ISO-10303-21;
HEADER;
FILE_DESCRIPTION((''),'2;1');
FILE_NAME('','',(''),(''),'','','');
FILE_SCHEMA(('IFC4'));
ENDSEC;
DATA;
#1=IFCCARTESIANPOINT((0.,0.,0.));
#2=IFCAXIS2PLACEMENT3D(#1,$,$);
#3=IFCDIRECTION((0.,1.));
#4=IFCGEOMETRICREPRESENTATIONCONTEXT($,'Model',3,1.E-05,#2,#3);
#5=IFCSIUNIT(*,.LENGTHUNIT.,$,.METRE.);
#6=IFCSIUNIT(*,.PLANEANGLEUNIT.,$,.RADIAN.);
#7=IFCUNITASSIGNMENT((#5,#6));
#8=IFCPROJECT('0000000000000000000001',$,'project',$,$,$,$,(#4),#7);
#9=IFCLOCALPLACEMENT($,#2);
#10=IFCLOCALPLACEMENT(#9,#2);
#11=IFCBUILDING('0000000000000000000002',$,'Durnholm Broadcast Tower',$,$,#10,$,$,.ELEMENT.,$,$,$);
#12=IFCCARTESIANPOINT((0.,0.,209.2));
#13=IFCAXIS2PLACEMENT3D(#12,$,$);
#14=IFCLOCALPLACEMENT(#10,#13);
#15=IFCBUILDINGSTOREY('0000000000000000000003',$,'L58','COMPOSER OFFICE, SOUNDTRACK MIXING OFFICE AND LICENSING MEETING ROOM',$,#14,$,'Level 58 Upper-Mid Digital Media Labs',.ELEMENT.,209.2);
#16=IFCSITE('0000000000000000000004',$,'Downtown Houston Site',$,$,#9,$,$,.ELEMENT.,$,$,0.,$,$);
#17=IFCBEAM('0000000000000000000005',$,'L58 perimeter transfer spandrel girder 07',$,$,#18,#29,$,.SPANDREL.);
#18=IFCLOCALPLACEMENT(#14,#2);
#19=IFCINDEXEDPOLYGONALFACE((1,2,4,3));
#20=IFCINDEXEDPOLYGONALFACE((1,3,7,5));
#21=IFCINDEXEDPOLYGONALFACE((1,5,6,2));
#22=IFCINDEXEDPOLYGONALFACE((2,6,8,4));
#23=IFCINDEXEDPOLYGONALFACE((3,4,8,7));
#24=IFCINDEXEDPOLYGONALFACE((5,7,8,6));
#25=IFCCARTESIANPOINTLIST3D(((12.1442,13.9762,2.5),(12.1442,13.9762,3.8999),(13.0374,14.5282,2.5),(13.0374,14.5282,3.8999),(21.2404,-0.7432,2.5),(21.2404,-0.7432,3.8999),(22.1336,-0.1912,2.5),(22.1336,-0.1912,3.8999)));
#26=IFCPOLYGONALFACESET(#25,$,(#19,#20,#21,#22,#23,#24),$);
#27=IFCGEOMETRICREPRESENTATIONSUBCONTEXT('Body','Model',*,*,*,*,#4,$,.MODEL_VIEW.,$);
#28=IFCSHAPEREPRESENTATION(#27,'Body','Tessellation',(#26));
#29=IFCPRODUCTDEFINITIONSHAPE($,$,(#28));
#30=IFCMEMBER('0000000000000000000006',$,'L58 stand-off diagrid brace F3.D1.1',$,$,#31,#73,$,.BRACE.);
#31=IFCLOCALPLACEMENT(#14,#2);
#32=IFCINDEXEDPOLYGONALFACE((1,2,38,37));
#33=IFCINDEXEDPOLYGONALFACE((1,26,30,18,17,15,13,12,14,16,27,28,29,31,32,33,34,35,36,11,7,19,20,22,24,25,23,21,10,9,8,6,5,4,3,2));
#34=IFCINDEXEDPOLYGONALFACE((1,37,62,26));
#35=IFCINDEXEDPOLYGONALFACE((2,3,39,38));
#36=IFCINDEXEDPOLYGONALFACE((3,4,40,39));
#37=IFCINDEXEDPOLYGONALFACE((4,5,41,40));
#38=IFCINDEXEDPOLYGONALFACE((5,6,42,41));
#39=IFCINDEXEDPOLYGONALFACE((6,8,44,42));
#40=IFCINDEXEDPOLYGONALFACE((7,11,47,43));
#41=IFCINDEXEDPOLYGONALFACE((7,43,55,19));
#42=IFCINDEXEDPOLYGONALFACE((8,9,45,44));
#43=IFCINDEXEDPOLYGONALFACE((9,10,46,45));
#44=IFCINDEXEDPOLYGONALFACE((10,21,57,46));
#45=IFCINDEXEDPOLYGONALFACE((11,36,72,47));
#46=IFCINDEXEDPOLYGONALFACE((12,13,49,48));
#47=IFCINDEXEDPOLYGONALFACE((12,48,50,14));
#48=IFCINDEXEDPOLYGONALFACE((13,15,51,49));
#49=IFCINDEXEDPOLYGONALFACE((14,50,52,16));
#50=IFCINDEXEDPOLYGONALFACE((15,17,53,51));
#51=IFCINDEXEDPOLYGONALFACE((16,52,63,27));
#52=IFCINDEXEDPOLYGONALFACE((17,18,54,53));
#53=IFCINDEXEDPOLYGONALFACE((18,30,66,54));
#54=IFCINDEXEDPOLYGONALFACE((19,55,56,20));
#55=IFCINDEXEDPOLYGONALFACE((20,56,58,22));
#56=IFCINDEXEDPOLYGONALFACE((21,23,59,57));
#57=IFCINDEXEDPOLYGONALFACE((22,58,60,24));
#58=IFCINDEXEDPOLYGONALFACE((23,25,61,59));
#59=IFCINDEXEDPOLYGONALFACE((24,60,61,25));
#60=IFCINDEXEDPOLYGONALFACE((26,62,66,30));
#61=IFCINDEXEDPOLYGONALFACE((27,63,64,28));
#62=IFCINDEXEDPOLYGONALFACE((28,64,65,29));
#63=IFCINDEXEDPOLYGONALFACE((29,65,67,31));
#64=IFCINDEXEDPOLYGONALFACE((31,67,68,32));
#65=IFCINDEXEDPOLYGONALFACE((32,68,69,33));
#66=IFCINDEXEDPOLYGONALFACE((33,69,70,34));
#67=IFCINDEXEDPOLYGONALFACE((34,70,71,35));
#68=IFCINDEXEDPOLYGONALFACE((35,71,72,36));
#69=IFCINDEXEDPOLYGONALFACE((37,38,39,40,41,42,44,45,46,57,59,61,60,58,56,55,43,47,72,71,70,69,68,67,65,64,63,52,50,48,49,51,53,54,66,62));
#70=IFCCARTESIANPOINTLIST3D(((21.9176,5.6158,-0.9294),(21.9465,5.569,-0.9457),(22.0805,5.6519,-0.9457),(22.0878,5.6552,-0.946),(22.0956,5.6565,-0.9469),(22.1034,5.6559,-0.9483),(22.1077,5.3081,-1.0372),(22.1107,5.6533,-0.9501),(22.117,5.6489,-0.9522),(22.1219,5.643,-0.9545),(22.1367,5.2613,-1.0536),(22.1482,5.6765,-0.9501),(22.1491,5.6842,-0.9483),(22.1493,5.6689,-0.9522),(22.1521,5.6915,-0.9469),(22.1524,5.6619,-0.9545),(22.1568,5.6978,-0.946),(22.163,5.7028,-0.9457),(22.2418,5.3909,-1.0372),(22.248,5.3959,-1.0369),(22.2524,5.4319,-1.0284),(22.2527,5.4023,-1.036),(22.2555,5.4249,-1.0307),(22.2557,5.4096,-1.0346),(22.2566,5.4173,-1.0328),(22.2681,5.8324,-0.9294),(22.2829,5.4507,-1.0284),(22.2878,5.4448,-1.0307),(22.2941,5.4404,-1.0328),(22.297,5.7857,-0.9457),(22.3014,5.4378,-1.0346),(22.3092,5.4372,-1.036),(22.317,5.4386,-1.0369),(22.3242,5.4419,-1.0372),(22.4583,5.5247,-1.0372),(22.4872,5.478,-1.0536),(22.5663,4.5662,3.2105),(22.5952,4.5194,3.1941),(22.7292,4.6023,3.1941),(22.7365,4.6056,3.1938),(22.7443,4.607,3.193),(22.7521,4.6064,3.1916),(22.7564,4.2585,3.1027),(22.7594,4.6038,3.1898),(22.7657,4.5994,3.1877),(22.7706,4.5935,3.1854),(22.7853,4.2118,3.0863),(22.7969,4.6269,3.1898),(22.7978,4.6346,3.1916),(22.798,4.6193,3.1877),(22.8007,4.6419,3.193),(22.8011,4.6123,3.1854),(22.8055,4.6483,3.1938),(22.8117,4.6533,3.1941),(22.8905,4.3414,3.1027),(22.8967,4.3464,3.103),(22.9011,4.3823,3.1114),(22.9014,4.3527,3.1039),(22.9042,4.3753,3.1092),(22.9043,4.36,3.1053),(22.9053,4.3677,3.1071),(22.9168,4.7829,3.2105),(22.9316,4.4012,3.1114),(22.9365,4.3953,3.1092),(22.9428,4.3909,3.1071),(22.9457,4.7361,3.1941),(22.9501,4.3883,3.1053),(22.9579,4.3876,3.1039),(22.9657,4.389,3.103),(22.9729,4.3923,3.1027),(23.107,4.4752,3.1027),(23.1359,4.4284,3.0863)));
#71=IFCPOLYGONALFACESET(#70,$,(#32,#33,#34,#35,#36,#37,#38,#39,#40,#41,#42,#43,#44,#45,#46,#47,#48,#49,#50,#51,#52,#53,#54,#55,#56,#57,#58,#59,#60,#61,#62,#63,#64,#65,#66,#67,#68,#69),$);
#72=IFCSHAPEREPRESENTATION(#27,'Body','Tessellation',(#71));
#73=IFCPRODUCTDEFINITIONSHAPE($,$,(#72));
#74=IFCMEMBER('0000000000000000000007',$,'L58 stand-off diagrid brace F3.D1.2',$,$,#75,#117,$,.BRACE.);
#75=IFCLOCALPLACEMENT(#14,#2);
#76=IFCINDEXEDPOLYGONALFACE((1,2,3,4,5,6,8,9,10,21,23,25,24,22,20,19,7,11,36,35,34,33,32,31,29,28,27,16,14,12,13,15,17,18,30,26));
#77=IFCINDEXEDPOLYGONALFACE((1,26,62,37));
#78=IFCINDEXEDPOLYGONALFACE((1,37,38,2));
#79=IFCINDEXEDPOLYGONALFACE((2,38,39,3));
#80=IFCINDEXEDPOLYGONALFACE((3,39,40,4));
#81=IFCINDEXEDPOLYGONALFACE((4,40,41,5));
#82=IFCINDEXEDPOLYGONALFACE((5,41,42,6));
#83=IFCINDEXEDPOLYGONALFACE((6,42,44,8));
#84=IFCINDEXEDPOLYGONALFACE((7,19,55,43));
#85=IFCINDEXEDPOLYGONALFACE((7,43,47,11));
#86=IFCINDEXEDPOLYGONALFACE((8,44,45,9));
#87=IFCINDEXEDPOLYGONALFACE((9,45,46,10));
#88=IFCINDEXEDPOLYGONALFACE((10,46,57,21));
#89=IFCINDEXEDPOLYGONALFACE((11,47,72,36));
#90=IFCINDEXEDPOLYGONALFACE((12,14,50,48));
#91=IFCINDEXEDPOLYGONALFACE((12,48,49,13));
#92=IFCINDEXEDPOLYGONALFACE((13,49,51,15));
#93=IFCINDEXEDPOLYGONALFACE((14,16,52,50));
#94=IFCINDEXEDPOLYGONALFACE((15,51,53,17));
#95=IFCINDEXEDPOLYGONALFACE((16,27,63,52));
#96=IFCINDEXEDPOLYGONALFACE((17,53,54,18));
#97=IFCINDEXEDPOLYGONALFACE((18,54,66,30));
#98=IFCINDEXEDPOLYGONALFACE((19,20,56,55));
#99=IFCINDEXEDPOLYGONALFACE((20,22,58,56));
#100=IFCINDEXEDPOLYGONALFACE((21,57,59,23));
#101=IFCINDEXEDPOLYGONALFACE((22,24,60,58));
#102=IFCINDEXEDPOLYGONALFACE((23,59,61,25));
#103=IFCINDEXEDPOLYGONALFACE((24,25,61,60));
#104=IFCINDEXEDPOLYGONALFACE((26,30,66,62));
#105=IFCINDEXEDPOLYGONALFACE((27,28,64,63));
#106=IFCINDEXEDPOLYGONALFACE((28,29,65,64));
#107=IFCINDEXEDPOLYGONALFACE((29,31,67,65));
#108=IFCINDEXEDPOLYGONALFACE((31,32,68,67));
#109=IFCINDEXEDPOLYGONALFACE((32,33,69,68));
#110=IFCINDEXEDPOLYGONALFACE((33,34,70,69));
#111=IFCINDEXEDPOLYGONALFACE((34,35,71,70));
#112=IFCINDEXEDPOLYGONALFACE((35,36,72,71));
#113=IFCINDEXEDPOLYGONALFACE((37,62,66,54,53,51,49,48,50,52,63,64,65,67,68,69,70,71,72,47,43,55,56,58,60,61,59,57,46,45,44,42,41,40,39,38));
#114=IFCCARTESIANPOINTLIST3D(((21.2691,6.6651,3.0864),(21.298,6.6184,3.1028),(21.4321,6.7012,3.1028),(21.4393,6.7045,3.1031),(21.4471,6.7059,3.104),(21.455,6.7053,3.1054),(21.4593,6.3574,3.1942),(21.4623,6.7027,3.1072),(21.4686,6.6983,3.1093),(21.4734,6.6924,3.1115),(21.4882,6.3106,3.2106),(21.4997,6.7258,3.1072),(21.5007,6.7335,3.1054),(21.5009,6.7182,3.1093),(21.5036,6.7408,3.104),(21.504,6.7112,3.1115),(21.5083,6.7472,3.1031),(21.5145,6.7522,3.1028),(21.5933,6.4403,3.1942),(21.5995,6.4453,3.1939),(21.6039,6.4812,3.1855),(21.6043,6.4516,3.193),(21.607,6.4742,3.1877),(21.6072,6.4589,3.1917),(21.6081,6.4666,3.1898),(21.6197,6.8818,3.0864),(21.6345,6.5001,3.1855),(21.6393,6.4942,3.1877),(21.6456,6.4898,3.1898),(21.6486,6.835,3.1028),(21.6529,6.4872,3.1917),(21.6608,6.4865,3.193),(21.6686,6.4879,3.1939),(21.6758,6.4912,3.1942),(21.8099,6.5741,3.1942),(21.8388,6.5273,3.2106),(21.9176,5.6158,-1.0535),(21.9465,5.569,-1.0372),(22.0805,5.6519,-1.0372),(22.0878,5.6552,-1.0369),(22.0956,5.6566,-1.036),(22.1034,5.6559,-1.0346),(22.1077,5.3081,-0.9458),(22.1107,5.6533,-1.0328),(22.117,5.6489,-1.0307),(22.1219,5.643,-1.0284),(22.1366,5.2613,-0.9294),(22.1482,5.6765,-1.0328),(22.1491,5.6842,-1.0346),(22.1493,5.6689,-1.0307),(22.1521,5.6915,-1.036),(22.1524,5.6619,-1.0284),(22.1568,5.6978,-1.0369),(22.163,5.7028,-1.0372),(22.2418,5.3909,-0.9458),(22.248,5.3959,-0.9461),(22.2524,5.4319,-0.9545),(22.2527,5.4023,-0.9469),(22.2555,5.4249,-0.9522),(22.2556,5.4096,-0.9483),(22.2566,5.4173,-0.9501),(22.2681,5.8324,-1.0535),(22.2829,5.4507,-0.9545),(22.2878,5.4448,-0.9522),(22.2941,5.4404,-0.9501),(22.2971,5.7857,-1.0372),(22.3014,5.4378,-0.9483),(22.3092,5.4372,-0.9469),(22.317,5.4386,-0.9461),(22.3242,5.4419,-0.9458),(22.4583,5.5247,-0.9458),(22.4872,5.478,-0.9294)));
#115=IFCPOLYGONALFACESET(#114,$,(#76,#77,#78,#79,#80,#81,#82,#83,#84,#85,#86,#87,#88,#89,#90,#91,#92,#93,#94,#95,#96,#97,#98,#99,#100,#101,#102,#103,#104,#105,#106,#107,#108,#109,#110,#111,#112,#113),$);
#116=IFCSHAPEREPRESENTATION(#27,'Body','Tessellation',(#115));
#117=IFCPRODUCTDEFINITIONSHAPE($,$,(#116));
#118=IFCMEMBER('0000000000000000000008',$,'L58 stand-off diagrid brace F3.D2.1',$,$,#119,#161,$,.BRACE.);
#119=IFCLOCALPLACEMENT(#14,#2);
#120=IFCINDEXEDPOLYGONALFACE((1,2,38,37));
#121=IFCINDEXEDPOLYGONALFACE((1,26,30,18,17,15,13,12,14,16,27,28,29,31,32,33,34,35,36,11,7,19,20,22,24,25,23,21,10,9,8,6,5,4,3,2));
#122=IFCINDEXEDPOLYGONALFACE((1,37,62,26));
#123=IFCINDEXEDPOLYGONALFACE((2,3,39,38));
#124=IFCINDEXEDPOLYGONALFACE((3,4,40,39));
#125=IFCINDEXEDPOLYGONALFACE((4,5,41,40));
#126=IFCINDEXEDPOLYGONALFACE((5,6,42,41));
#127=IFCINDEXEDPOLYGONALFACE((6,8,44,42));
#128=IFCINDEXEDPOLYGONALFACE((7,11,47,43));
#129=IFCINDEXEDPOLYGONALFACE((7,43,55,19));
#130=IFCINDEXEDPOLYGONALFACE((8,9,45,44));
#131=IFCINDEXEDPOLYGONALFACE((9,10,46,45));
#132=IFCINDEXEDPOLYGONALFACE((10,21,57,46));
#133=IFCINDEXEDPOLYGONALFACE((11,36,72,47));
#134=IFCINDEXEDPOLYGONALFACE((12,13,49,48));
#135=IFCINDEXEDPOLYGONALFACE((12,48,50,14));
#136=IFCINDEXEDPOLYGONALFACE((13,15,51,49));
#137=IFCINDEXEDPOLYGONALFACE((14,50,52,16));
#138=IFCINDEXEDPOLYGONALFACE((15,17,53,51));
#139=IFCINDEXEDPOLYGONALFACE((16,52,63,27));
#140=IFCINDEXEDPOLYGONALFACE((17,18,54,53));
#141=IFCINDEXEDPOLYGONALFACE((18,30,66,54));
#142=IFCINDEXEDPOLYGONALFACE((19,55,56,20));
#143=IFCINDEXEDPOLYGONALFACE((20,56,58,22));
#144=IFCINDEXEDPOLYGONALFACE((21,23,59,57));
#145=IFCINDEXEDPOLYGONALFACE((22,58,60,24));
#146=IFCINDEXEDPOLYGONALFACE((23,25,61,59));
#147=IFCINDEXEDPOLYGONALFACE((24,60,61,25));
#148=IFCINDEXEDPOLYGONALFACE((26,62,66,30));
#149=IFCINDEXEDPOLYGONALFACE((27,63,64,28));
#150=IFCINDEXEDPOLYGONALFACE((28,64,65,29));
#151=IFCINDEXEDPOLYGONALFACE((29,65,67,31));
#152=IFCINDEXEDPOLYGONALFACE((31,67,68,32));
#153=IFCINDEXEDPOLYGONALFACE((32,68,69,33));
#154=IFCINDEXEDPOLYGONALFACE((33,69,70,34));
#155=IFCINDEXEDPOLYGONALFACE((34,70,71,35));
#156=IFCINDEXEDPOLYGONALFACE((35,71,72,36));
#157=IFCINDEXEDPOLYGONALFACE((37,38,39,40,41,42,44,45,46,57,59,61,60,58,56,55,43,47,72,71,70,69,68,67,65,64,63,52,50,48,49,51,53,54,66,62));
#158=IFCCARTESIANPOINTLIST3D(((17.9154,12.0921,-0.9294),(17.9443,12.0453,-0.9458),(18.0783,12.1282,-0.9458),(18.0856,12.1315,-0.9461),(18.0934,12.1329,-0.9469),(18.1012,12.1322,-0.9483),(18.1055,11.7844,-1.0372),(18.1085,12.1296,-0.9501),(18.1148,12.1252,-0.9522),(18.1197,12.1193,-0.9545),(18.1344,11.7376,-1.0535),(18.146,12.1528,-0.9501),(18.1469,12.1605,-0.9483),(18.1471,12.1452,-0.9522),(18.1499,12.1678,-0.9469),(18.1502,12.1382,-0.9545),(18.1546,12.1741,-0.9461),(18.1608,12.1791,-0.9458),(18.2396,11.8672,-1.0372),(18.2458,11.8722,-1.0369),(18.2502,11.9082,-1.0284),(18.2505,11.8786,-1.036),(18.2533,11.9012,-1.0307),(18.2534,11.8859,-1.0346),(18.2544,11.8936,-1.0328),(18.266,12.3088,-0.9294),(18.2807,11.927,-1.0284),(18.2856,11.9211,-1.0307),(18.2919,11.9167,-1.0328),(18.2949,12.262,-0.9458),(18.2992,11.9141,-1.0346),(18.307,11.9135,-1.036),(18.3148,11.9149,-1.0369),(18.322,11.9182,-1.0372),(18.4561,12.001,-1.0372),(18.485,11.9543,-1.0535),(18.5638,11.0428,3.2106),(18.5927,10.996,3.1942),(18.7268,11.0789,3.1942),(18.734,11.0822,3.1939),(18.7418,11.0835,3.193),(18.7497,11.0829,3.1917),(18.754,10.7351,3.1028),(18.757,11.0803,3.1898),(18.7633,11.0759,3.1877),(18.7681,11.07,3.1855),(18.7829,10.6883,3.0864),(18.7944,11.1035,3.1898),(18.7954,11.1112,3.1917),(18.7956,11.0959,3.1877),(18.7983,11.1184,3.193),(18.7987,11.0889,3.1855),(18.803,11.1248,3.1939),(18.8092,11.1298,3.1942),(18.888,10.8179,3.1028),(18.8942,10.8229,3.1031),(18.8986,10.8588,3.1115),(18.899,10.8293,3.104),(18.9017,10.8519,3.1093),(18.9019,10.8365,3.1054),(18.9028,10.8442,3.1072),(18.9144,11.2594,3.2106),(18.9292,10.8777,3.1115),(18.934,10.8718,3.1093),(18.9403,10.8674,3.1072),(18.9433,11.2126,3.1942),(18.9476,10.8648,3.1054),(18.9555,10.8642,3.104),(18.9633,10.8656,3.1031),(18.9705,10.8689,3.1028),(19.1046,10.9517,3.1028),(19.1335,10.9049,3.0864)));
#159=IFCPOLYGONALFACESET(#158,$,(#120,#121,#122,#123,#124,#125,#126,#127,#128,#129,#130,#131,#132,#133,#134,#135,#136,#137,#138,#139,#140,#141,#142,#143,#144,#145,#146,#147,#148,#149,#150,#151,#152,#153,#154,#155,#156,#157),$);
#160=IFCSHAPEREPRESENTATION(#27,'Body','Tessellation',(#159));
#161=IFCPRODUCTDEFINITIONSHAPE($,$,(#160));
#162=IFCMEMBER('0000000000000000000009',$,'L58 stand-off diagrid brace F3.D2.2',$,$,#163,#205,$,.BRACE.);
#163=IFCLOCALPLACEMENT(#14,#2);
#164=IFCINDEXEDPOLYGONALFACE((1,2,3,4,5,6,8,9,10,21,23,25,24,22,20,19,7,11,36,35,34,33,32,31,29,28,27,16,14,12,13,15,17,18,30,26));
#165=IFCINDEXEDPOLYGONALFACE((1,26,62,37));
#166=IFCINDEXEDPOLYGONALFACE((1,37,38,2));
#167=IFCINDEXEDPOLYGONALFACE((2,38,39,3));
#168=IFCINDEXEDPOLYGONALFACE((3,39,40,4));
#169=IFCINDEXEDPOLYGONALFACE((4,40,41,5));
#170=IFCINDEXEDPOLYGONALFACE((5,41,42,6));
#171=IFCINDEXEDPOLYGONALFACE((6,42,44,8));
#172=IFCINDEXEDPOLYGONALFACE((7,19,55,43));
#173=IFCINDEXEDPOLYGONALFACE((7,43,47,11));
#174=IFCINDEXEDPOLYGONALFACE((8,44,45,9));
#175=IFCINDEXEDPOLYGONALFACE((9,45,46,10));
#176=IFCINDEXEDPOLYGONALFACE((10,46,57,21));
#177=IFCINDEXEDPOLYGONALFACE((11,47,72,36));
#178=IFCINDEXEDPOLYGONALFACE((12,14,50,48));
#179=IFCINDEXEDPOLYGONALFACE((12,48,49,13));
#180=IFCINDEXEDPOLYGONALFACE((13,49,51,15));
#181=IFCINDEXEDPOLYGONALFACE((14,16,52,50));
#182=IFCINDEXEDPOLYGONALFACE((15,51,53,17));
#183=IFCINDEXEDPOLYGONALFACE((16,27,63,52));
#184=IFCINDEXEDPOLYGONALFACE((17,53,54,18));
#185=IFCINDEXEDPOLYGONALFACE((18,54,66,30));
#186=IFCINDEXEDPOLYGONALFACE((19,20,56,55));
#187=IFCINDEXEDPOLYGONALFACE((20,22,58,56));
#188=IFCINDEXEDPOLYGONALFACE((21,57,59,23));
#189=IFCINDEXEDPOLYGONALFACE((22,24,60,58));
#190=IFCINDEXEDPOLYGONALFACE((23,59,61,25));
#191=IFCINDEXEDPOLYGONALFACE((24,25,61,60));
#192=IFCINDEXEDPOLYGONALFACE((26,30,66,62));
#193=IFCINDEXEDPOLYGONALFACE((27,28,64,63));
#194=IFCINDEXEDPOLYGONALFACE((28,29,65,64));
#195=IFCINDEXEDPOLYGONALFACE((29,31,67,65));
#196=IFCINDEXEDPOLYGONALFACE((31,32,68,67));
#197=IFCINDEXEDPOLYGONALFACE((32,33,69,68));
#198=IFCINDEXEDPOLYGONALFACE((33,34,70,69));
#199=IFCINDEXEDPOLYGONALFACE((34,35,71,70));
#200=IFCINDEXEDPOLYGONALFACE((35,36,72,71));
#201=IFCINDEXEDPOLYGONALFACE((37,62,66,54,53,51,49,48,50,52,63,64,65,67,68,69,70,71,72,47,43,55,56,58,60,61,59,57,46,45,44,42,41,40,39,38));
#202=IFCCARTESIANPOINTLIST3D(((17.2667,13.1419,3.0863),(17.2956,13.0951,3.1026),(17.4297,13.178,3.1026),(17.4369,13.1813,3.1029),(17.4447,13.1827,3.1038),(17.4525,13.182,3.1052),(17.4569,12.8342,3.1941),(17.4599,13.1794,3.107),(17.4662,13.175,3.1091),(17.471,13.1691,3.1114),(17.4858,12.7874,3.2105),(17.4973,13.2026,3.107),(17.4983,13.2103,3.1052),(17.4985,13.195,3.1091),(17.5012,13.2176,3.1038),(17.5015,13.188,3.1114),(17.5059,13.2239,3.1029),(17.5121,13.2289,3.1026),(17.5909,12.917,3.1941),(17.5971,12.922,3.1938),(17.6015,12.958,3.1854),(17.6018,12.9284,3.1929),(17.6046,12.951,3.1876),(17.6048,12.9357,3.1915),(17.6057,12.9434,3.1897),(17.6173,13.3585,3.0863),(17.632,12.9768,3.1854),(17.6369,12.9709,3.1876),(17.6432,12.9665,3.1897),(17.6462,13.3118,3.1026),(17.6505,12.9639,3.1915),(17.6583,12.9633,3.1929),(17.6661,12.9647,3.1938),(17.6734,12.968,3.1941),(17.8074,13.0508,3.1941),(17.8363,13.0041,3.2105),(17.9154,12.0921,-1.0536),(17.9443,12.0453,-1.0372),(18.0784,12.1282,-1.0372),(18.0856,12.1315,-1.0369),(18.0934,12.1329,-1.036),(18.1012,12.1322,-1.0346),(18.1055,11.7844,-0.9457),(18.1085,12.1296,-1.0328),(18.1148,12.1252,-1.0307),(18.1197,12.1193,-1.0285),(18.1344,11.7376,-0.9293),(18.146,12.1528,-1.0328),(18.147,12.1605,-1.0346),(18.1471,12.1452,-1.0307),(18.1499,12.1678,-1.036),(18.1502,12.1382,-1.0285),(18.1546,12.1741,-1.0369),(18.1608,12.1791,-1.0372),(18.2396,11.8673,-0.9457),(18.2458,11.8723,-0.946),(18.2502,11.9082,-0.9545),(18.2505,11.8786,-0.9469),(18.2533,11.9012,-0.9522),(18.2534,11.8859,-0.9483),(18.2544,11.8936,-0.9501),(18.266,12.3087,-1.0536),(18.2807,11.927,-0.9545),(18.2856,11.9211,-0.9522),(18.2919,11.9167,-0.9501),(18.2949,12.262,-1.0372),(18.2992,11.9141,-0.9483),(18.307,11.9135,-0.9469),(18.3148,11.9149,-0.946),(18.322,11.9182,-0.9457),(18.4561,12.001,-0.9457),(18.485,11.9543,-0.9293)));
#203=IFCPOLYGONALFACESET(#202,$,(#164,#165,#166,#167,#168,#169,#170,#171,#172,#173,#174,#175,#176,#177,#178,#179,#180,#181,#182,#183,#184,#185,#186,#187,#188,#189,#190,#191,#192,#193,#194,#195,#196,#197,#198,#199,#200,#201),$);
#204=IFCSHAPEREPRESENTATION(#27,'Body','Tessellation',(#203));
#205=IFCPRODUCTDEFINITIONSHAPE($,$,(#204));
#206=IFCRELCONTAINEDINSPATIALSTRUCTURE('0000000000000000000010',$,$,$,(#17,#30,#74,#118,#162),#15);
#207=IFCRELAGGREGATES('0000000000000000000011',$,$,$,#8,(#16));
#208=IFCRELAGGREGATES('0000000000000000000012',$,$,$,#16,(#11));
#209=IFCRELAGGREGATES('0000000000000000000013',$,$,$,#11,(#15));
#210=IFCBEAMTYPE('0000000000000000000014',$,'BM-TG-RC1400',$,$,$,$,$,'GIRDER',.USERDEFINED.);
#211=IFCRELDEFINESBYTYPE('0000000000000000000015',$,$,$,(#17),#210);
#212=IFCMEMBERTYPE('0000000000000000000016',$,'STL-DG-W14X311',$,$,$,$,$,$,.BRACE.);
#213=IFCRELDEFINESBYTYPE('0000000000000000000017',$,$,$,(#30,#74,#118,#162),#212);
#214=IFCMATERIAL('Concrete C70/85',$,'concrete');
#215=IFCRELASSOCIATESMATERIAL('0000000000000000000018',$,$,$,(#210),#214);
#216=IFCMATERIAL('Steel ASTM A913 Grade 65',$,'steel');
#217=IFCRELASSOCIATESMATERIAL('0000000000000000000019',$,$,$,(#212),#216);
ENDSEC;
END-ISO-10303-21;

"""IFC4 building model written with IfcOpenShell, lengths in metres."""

from ifc_helpers import new_model, si_unit, direction, frame, origin, origin_2d, place, context, subcontext, project, spatial, rectangle, i_section, extrude, source, transform, mapped, material, material_profile, profile_set, type_object, type_shapes, element, save


model = new_model("IFC4")

# Units and contexts
model_context = context("Model", 3, precision=1e-05, world=origin(), true_north=direction((0.0, 1.0)))
body_context = subcontext(model_context, "Body", "Model", "MODEL_VIEW")
ifc_project = project(units=[si_unit("LENGTHUNIT", "METRE"), si_unit("PLANEANGLEUNIT", "RADIAN")], contexts=[model_context])

# Site, building, storey
site_placement = place(None, origin())
site = spatial("IfcSite", under=ifc_project, at=site_placement, Name="Downtown Houston Site", CompositionType="ELEMENT", RefElevation=0.0)
building_placement = place(site_placement, origin())
building = spatial("IfcBuilding", under=site, at=building_placement, Name="Durnholm Broadcast Tower", CompositionType="ELEMENT")
storey_placement = place(building_placement, frame((0.0, 0.0, 209.2)))
storey = spatial("IfcBuildingStorey", under=building, at=storey_placement, Name="L58", Description="COMPOSER OFFICE, SOUNDTRACK MIXING OFFICE AND LICENSING MEETING ROOM", LongName="Level 58 Upper-Mid Digital Media Labs", CompositionType="ELEMENT", Elevation=209.2)

# Shared definitions
ifc_material_1 = material(Name="Concrete C70/85", Category="concrete")

# Beam
ifc_material_profile_1 = material_profile(ifc_material_1, rectangle(XDim=1.05, YDim=1.3999, at=origin_2d()), Name="RC1050X1400")
ifc_profile_set_1 = profile_set([ifc_material_profile_1], Name="Concrete C70/85")
beam_type_1 = type_object("IfcBeamType", Name="BM-TG-RC1400", ElementType="GIRDER", PredefinedType="USERDEFINED", material=ifc_profile_set_1)
shared_shape_1 = source(origin(), body_context, "Body", "SweptSolid", [
    extrude(rectangle(XDim=1.05, YDim=1.3999, at=origin_2d()), origin(), (0.0, 0.0, 1.0), 17.3032),
])
beam_1_placement = place(storey_placement, frame((12.5908, 14.2522, 3.2), z_axis=(0.525691, -0.850675, 0.0), x_axis=(0.850675, 0.525691, 0.0)))
element("IfcBeam", 1, at=beam_1_placement, inside=storey, type_object=beam_type_1, Name="L58 perimeter transfer spandrel girder 07", PredefinedType="SPANDREL", context=body_context, shape_type="MappedRepresentation", body=[
    mapped(shared_shape_1, transform((0.0, 0.0, 0.0), x_axis=(1.0, 0.0, 0.0), y_axis=(0.0, 1.0, 0.0), z_axis=(0.0, 0.0, 1.0), scale=1.0)),
])

# Members
ifc_material_2 = material(Name="Steel ASTM A913 Grade 65", Category="steel")
ifc_material_profile_2 = material_profile(ifc_material_2, i_section(OverallWidth=0.4121, OverallDepth=0.4348, WebThickness=0.0359, FlangeThickness=0.0574, FilletRadius=0.0305, at=origin_2d()), Name="W14X311")
ifc_profile_set_2 = profile_set([ifc_material_profile_2], Name="Steel ASTM A913 Grade 65")
member_type_1 = type_object("IfcMemberType", Name="STL-DG-W14X311", PredefinedType="BRACE", material=ifc_profile_set_2)
shared_shape_2 = source(origin(), body_context, "Body", "SweptSolid", [
    extrude(i_section(OverallWidth=0.4121, OverallDepth=0.4348, WebThickness=0.0359, FlangeThickness=0.0574, FilletRadius=0.0305, at=origin_2d()), origin(), (0.0, 0.0, 1.0), 4.3198),
])
type_shapes(member_type_1, [shared_shape_2])
for number, where, z_axis, x_axis, name in (
    (2, (22.2024, 5.5469, -0.9915), (0.150163, -0.242962, 0.958342), (0.850644, 0.525741, 0.0), "L58 stand-off diagrid brace F3.D1.1"),
    (3, (22.2024, 5.5469, -0.9915), (-0.15011, 0.242911, 0.958364), (-0.850678, -0.525687, 0.0), "L58 stand-off diagrid brace F3.D1.2"),
    (4, (18.2002, 12.0232, -0.9915), (0.15011, -0.242911, 0.958364), (0.850678, 0.525687, 0.0), "L58 stand-off diagrid brace F3.D2.1"),
    (5, (18.2002, 12.0232, -0.9915), (-0.150161, 0.243016, 0.958329), (-0.850699, -0.525653, 0.0), "L58 stand-off diagrid brace F3.D2.2"),
):
    element("IfcMember", number, at=place(storey_placement, frame(where, z_axis=z_axis, x_axis=x_axis)), inside=storey, type_object=member_type_1, Name=name, PredefinedType="BRACE", context=body_context, shape_type="MappedRepresentation", body=[
        mapped(shared_shape_2, transform((0.0, 0.0, 0.0), x_axis=(1.0, 0.0, 0.0), y_axis=(0.0, 1.0, 0.0), z_axis=(0.0, 0.0, 1.0), scale=1.0)),
    ])

save(model, "model.ifc")
